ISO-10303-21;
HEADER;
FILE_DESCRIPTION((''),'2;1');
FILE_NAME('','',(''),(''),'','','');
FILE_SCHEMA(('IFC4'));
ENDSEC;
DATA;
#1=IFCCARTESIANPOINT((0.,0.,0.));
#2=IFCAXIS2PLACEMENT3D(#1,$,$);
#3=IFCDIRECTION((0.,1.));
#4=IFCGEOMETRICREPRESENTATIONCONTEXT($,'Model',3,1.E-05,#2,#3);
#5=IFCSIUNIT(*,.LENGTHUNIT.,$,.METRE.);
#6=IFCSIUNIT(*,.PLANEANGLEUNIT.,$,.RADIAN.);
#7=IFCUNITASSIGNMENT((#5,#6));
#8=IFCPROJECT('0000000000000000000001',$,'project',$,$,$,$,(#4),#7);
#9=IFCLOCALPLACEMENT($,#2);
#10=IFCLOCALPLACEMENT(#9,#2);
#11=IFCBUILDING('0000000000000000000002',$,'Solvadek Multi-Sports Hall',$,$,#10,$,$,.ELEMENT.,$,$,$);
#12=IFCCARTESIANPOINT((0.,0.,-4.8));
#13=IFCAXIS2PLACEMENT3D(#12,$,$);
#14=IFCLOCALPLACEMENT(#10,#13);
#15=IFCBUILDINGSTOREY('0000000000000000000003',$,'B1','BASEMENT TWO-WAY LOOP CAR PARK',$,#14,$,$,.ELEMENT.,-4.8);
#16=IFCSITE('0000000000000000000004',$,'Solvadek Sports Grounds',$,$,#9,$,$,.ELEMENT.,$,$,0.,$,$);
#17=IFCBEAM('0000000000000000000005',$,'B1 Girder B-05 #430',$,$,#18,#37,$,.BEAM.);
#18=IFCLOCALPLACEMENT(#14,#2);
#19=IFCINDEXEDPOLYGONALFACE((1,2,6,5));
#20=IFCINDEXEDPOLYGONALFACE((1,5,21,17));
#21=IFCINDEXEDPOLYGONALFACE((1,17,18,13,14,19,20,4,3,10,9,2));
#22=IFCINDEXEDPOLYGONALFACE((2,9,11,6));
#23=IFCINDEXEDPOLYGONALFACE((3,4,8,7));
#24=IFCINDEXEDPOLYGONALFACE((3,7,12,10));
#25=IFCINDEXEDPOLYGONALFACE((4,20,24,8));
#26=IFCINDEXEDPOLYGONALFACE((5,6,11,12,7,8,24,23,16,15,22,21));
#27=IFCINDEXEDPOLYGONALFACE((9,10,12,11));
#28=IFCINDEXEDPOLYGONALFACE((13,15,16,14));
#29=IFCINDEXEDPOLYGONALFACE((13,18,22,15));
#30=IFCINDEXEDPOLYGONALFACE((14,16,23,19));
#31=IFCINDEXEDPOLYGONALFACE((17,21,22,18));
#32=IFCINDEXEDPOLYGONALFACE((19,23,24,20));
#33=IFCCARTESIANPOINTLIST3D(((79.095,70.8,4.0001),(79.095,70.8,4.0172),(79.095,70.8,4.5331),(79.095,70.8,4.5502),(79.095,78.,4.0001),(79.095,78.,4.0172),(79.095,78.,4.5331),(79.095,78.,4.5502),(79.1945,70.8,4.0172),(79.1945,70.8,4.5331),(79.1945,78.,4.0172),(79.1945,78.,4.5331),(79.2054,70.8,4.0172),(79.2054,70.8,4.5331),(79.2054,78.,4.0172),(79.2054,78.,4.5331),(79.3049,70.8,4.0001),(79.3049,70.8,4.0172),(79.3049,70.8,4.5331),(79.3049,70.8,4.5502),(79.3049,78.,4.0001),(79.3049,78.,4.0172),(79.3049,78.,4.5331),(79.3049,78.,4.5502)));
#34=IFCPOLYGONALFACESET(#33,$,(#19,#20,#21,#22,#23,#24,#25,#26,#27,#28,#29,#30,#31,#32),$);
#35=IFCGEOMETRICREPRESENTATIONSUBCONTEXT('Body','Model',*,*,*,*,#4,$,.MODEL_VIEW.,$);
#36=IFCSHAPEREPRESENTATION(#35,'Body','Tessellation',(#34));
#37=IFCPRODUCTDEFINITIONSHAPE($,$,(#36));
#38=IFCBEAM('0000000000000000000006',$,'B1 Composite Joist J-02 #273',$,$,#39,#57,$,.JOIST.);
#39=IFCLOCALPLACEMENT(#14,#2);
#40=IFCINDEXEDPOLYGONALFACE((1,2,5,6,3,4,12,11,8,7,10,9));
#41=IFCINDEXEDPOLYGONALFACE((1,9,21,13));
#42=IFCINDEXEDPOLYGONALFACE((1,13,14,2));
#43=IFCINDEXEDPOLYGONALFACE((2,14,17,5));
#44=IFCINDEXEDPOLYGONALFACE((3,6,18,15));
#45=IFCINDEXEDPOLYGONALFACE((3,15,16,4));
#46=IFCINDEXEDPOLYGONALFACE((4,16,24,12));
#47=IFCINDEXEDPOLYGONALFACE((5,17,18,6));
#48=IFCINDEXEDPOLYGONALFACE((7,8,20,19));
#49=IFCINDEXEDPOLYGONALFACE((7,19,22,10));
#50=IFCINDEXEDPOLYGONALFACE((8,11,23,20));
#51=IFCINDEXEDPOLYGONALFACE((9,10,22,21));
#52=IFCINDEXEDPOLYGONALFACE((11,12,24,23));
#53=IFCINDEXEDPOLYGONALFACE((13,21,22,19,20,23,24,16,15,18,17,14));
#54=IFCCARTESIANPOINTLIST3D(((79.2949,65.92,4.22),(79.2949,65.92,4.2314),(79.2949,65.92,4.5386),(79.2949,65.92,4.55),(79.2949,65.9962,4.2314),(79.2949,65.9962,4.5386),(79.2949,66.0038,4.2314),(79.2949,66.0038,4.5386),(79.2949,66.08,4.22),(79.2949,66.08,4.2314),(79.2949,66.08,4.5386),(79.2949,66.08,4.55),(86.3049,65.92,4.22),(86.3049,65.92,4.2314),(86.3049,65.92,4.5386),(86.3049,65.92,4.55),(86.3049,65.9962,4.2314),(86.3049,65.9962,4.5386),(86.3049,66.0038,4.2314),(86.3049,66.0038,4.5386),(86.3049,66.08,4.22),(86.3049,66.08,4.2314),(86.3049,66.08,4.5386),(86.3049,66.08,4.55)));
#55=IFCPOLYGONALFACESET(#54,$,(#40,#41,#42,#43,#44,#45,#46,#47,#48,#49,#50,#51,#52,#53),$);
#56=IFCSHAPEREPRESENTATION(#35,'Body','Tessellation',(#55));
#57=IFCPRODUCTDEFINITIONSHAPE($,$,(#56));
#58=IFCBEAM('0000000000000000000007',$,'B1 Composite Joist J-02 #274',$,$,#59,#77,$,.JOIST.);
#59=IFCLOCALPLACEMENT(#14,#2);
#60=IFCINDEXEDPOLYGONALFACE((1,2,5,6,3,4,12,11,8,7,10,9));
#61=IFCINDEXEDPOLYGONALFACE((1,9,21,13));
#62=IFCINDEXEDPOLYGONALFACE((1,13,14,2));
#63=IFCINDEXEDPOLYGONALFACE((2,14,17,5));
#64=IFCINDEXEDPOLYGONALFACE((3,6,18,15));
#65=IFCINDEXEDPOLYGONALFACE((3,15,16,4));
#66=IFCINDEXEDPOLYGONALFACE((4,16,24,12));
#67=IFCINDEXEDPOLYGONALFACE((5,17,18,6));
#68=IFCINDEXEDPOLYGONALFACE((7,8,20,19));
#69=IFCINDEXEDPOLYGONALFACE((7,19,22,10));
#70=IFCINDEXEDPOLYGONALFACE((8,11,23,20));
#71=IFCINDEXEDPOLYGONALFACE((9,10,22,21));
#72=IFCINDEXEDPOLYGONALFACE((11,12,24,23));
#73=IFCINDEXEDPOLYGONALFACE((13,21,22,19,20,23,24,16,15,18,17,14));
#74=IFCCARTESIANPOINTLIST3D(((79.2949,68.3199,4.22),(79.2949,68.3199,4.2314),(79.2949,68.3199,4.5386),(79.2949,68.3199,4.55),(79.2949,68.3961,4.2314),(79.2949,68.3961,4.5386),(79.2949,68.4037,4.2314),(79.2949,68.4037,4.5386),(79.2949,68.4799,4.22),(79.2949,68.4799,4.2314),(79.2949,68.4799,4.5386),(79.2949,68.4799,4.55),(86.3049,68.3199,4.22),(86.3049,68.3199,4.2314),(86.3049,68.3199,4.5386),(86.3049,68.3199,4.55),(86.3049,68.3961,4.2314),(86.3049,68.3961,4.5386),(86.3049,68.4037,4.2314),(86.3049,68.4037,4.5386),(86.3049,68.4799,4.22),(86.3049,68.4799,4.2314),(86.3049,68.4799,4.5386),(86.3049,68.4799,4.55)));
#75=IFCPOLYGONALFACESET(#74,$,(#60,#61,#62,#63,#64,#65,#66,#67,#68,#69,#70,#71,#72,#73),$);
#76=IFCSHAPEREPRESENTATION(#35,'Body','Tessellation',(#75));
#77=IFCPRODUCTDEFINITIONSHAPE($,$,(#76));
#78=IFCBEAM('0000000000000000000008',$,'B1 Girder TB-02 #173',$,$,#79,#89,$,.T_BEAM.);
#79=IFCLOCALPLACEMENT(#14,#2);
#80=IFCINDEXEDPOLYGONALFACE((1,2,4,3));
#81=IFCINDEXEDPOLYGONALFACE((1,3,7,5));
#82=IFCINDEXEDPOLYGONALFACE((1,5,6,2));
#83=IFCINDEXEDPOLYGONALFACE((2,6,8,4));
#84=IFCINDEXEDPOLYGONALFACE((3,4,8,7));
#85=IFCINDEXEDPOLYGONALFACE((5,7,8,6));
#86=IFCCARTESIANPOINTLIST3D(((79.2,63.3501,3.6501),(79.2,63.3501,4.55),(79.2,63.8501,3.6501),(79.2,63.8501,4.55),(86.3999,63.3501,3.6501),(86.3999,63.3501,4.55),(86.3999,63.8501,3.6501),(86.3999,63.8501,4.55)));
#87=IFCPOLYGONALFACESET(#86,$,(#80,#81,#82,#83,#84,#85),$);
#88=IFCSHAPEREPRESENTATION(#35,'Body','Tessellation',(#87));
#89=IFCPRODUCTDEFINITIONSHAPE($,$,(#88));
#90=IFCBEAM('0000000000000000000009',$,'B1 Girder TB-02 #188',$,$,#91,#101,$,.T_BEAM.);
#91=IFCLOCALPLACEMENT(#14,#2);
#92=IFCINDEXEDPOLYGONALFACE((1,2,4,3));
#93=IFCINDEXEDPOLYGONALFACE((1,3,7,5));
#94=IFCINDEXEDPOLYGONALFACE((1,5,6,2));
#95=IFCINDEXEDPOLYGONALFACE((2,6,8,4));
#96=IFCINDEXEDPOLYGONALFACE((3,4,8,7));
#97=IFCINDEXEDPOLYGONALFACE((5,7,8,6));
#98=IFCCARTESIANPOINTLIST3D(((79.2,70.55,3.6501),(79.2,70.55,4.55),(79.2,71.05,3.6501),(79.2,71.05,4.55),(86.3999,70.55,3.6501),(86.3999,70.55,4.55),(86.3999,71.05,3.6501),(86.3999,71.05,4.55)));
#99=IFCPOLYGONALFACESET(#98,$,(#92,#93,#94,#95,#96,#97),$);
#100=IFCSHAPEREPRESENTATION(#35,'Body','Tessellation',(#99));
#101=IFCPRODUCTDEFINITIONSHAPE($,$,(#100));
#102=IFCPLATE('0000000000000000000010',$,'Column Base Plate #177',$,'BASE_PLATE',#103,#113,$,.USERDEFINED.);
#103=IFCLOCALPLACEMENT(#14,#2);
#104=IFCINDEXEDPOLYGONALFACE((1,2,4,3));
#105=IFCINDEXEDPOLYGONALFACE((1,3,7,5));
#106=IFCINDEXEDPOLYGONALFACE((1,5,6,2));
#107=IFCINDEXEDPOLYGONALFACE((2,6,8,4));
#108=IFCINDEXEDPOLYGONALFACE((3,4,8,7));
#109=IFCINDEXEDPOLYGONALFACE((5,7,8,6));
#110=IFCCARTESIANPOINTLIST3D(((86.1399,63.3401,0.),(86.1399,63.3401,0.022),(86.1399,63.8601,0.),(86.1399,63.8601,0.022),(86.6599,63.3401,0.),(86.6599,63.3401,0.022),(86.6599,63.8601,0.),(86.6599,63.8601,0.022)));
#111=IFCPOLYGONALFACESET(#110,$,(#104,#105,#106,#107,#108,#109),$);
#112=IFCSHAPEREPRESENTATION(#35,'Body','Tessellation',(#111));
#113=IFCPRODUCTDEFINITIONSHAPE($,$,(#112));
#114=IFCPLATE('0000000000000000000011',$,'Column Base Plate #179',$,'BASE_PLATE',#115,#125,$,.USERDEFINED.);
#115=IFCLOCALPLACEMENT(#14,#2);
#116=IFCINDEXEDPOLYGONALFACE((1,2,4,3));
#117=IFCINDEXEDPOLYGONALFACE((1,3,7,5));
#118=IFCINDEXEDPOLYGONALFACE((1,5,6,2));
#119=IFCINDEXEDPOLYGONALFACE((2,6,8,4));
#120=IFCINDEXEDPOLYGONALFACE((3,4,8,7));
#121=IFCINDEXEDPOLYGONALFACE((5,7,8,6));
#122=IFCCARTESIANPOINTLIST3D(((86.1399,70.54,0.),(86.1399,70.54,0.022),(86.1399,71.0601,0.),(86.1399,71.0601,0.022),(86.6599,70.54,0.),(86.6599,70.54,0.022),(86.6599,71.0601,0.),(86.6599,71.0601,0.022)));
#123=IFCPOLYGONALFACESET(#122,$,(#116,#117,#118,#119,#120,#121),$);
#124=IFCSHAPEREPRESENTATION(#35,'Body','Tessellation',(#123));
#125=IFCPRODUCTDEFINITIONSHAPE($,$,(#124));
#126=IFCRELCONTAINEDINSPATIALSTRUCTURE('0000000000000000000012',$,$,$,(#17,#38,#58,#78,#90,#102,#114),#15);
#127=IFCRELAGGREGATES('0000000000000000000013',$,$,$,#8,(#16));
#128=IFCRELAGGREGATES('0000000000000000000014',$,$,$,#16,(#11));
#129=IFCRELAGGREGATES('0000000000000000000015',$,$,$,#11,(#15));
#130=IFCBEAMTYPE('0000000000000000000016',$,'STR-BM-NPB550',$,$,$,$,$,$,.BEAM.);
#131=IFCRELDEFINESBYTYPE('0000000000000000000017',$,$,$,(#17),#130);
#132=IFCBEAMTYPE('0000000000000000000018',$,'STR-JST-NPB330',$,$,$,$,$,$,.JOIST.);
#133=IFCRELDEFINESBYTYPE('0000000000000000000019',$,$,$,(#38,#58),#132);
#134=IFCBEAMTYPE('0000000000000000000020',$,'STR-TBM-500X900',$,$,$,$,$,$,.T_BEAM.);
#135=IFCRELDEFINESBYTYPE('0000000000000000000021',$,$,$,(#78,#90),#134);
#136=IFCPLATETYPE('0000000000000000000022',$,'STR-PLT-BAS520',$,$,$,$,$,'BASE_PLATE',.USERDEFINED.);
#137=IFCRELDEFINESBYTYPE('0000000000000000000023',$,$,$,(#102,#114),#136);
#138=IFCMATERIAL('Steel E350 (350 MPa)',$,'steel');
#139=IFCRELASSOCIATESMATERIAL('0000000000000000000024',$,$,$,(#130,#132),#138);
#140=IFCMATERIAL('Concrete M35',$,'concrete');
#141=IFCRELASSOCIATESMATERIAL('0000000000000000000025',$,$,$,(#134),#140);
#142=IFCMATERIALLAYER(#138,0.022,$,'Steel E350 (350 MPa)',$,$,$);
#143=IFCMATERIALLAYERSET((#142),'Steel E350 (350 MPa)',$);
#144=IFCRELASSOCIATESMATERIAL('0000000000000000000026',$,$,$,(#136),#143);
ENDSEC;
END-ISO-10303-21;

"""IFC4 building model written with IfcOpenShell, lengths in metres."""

from ifc_helpers import new_model, si_unit, direction, frame, origin, origin_2d, place, context, subcontext, project, spatial, rectangle, i_section, extrude, material, layer, layer_set, material_profile, profile_set, type_object, element, save


model = new_model("IFC4")

# Units and contexts
model_context = context("Model", 3, precision=1e-05, world=origin(), true_north=direction((0.0, 1.0)))
body_context = subcontext(model_context, "Body", "Model", "MODEL_VIEW")
ifc_project = project(units=[si_unit("LENGTHUNIT", "METRE"), si_unit("PLANEANGLEUNIT", "RADIAN")], contexts=[model_context])

# Site, building, storey
site_placement = place(None, origin())
site = spatial("IfcSite", under=ifc_project, at=site_placement, Name="Solvadek Sports Grounds", CompositionType="ELEMENT", RefElevation=0.0)
building_placement = place(site_placement, origin())
building = spatial("IfcBuilding", under=site, at=building_placement, Name="Solvadek Multi-Sports Hall", CompositionType="ELEMENT")
storey_placement = place(building_placement, frame((0.0, 0.0, -4.8)))
storey = spatial("IfcBuildingStorey", under=building, at=storey_placement, Name="B1", Description="BASEMENT TWO-WAY LOOP CAR PARK", CompositionType="ELEMENT", Elevation=-4.8)

# Shared definitions
ifc_material_1 = material(Name="Concrete M35", Category="concrete")

# Shared definitions
ifc_material_2 = material(Name="Steel E350 (350 MPa)", Category="steel")

# Beams
ifc_material_profile_1 = material_profile(ifc_material_2, i_section(OverallWidth=0.21, OverallDepth=0.55, WebThickness=0.011, FlangeThickness=0.0171, at=origin_2d()), Name="NPB 550")
ifc_profile_set_1 = profile_set([ifc_material_profile_1], Name="Steel E350 (350 MPa)")
beam_type_1 = type_object("IfcBeamType", Name="STR-BM-NPB550", PredefinedType="BEAM", material=ifc_profile_set_1)
beam_placement = place(storey_placement, frame((79.2, 70.8, 4.2751), z_axis=(0.0, 1.0, 0.0), x_axis=(-1.0, 0.0, 0.0)))
element("IfcBeam", 1, at=beam_placement, inside=storey, type_object=beam_type_1, Name="B1 Girder B-05 #430", PredefinedType="BEAM", context=body_context, shape_type="SweptSolid", body=[
    extrude(i_section(OverallWidth=0.21, OverallDepth=0.55, WebThickness=0.011, FlangeThickness=0.0171, at=origin_2d()), origin(), (0.0, 0.0, 1.0), 7.2),
])
ifc_material_profile_2 = material_profile(ifc_material_2, i_section(OverallWidth=0.1599, OverallDepth=0.3301, WebThickness=0.0076, FlangeThickness=0.0115, at=origin_2d()), Name="NPB 330")
ifc_profile_set_2 = profile_set([ifc_material_profile_2], Name="Steel E350 (350 MPa)")
beam_type_2 = type_object("IfcBeamType", Name="STR-JST-NPB330", PredefinedType="JOIST", material=ifc_profile_set_2)
for number, where, z_axis, x_axis, name in (
    (2, (79.2949, 66.0, 4.385), (1.0, 0.0, 0.0), (0.0, 1.0, 0.0), "B1 Composite Joist J-02 #273"),
    (3, (79.2949, 68.3999, 4.385), (1.0, 0.0, 0.0), (0.0, 1.0, 0.0), "B1 Composite Joist J-02 #274"),
):
    element("IfcBeam", number, at=place(storey_placement, frame(where, z_axis=z_axis, x_axis=x_axis)), inside=storey, type_object=beam_type_2, Name=name, PredefinedType="JOIST", context=body_context, shape_type="SweptSolid", body=[
        extrude(i_section(OverallWidth=0.1599, OverallDepth=0.3301, WebThickness=0.0076, FlangeThickness=0.0115, at=origin_2d()), origin(), (0.0, 0.0, 1.0), 7.01),
    ])
ifc_material_profile_3 = material_profile(ifc_material_1, rectangle(XDim=0.5, YDim=0.8999, at=origin_2d()), Name="RC T-BEAM 500x900")
ifc_profile_set_3 = profile_set([ifc_material_profile_3], Name="Concrete M35")
beam_type_3 = type_object("IfcBeamType", Name="STR-TBM-500X900", PredefinedType="T_BEAM", material=ifc_profile_set_3)
for number, where, z_axis, x_axis, name in (
    (4, (79.2, 63.6001, 4.1001), (1.0, 0.0, 0.0), (0.0, 1.0, 0.0), "B1 Girder TB-02 #173"),
    (5, (79.2, 70.8, 4.1001), (1.0, 0.0, 0.0), (0.0, 1.0, 0.0), "B1 Girder TB-02 #188"),
):
    element("IfcBeam", number, at=place(storey_placement, frame(where, z_axis=z_axis, x_axis=x_axis)), inside=storey, type_object=beam_type_3, Name=name, PredefinedType="T_BEAM", context=body_context, shape_type="SweptSolid", body=[
        extrude(rectangle(XDim=0.5, YDim=0.8999, at=origin_2d()), origin(), (0.0, 0.0, 1.0), 7.2),
    ])

# Plates
ifc_layer = layer(ifc_material_2, 0.022, Name="Steel E350 (350 MPa)")
ifc_layer_set = layer_set([ifc_layer], Name="Steel E350 (350 MPa)")
plate_type = type_object("IfcPlateType", Name="STR-PLT-BAS520", ElementType="BASE_PLATE", PredefinedType="USERDEFINED", material=ifc_layer_set)
for number, where, z_axis, x_axis, name in (
    (6, (86.3999, 63.6001, 0.0), (0.0, 0.0, 1.0), (1.0, 0.0, 0.0), "Column Base Plate #177"),
    (7, (86.3999, 70.8, 0.0), (0.0, 0.0, 1.0), (1.0, 0.0, 0.0), "Column Base Plate #179"),
):
    element("IfcPlate", number, at=place(storey_placement, frame(where, z_axis=z_axis, x_axis=x_axis)), inside=storey, type_object=plate_type, Name=name, ObjectType="BASE_PLATE", PredefinedType="USERDEFINED", context=body_context, shape_type="SweptSolid", body=[
        extrude(rectangle(XDim=0.52, YDim=0.52, at=origin_2d()), origin(), (0.0, 0.0, 1.0), 0.022),
    ])

save(model, "model.ifc")
